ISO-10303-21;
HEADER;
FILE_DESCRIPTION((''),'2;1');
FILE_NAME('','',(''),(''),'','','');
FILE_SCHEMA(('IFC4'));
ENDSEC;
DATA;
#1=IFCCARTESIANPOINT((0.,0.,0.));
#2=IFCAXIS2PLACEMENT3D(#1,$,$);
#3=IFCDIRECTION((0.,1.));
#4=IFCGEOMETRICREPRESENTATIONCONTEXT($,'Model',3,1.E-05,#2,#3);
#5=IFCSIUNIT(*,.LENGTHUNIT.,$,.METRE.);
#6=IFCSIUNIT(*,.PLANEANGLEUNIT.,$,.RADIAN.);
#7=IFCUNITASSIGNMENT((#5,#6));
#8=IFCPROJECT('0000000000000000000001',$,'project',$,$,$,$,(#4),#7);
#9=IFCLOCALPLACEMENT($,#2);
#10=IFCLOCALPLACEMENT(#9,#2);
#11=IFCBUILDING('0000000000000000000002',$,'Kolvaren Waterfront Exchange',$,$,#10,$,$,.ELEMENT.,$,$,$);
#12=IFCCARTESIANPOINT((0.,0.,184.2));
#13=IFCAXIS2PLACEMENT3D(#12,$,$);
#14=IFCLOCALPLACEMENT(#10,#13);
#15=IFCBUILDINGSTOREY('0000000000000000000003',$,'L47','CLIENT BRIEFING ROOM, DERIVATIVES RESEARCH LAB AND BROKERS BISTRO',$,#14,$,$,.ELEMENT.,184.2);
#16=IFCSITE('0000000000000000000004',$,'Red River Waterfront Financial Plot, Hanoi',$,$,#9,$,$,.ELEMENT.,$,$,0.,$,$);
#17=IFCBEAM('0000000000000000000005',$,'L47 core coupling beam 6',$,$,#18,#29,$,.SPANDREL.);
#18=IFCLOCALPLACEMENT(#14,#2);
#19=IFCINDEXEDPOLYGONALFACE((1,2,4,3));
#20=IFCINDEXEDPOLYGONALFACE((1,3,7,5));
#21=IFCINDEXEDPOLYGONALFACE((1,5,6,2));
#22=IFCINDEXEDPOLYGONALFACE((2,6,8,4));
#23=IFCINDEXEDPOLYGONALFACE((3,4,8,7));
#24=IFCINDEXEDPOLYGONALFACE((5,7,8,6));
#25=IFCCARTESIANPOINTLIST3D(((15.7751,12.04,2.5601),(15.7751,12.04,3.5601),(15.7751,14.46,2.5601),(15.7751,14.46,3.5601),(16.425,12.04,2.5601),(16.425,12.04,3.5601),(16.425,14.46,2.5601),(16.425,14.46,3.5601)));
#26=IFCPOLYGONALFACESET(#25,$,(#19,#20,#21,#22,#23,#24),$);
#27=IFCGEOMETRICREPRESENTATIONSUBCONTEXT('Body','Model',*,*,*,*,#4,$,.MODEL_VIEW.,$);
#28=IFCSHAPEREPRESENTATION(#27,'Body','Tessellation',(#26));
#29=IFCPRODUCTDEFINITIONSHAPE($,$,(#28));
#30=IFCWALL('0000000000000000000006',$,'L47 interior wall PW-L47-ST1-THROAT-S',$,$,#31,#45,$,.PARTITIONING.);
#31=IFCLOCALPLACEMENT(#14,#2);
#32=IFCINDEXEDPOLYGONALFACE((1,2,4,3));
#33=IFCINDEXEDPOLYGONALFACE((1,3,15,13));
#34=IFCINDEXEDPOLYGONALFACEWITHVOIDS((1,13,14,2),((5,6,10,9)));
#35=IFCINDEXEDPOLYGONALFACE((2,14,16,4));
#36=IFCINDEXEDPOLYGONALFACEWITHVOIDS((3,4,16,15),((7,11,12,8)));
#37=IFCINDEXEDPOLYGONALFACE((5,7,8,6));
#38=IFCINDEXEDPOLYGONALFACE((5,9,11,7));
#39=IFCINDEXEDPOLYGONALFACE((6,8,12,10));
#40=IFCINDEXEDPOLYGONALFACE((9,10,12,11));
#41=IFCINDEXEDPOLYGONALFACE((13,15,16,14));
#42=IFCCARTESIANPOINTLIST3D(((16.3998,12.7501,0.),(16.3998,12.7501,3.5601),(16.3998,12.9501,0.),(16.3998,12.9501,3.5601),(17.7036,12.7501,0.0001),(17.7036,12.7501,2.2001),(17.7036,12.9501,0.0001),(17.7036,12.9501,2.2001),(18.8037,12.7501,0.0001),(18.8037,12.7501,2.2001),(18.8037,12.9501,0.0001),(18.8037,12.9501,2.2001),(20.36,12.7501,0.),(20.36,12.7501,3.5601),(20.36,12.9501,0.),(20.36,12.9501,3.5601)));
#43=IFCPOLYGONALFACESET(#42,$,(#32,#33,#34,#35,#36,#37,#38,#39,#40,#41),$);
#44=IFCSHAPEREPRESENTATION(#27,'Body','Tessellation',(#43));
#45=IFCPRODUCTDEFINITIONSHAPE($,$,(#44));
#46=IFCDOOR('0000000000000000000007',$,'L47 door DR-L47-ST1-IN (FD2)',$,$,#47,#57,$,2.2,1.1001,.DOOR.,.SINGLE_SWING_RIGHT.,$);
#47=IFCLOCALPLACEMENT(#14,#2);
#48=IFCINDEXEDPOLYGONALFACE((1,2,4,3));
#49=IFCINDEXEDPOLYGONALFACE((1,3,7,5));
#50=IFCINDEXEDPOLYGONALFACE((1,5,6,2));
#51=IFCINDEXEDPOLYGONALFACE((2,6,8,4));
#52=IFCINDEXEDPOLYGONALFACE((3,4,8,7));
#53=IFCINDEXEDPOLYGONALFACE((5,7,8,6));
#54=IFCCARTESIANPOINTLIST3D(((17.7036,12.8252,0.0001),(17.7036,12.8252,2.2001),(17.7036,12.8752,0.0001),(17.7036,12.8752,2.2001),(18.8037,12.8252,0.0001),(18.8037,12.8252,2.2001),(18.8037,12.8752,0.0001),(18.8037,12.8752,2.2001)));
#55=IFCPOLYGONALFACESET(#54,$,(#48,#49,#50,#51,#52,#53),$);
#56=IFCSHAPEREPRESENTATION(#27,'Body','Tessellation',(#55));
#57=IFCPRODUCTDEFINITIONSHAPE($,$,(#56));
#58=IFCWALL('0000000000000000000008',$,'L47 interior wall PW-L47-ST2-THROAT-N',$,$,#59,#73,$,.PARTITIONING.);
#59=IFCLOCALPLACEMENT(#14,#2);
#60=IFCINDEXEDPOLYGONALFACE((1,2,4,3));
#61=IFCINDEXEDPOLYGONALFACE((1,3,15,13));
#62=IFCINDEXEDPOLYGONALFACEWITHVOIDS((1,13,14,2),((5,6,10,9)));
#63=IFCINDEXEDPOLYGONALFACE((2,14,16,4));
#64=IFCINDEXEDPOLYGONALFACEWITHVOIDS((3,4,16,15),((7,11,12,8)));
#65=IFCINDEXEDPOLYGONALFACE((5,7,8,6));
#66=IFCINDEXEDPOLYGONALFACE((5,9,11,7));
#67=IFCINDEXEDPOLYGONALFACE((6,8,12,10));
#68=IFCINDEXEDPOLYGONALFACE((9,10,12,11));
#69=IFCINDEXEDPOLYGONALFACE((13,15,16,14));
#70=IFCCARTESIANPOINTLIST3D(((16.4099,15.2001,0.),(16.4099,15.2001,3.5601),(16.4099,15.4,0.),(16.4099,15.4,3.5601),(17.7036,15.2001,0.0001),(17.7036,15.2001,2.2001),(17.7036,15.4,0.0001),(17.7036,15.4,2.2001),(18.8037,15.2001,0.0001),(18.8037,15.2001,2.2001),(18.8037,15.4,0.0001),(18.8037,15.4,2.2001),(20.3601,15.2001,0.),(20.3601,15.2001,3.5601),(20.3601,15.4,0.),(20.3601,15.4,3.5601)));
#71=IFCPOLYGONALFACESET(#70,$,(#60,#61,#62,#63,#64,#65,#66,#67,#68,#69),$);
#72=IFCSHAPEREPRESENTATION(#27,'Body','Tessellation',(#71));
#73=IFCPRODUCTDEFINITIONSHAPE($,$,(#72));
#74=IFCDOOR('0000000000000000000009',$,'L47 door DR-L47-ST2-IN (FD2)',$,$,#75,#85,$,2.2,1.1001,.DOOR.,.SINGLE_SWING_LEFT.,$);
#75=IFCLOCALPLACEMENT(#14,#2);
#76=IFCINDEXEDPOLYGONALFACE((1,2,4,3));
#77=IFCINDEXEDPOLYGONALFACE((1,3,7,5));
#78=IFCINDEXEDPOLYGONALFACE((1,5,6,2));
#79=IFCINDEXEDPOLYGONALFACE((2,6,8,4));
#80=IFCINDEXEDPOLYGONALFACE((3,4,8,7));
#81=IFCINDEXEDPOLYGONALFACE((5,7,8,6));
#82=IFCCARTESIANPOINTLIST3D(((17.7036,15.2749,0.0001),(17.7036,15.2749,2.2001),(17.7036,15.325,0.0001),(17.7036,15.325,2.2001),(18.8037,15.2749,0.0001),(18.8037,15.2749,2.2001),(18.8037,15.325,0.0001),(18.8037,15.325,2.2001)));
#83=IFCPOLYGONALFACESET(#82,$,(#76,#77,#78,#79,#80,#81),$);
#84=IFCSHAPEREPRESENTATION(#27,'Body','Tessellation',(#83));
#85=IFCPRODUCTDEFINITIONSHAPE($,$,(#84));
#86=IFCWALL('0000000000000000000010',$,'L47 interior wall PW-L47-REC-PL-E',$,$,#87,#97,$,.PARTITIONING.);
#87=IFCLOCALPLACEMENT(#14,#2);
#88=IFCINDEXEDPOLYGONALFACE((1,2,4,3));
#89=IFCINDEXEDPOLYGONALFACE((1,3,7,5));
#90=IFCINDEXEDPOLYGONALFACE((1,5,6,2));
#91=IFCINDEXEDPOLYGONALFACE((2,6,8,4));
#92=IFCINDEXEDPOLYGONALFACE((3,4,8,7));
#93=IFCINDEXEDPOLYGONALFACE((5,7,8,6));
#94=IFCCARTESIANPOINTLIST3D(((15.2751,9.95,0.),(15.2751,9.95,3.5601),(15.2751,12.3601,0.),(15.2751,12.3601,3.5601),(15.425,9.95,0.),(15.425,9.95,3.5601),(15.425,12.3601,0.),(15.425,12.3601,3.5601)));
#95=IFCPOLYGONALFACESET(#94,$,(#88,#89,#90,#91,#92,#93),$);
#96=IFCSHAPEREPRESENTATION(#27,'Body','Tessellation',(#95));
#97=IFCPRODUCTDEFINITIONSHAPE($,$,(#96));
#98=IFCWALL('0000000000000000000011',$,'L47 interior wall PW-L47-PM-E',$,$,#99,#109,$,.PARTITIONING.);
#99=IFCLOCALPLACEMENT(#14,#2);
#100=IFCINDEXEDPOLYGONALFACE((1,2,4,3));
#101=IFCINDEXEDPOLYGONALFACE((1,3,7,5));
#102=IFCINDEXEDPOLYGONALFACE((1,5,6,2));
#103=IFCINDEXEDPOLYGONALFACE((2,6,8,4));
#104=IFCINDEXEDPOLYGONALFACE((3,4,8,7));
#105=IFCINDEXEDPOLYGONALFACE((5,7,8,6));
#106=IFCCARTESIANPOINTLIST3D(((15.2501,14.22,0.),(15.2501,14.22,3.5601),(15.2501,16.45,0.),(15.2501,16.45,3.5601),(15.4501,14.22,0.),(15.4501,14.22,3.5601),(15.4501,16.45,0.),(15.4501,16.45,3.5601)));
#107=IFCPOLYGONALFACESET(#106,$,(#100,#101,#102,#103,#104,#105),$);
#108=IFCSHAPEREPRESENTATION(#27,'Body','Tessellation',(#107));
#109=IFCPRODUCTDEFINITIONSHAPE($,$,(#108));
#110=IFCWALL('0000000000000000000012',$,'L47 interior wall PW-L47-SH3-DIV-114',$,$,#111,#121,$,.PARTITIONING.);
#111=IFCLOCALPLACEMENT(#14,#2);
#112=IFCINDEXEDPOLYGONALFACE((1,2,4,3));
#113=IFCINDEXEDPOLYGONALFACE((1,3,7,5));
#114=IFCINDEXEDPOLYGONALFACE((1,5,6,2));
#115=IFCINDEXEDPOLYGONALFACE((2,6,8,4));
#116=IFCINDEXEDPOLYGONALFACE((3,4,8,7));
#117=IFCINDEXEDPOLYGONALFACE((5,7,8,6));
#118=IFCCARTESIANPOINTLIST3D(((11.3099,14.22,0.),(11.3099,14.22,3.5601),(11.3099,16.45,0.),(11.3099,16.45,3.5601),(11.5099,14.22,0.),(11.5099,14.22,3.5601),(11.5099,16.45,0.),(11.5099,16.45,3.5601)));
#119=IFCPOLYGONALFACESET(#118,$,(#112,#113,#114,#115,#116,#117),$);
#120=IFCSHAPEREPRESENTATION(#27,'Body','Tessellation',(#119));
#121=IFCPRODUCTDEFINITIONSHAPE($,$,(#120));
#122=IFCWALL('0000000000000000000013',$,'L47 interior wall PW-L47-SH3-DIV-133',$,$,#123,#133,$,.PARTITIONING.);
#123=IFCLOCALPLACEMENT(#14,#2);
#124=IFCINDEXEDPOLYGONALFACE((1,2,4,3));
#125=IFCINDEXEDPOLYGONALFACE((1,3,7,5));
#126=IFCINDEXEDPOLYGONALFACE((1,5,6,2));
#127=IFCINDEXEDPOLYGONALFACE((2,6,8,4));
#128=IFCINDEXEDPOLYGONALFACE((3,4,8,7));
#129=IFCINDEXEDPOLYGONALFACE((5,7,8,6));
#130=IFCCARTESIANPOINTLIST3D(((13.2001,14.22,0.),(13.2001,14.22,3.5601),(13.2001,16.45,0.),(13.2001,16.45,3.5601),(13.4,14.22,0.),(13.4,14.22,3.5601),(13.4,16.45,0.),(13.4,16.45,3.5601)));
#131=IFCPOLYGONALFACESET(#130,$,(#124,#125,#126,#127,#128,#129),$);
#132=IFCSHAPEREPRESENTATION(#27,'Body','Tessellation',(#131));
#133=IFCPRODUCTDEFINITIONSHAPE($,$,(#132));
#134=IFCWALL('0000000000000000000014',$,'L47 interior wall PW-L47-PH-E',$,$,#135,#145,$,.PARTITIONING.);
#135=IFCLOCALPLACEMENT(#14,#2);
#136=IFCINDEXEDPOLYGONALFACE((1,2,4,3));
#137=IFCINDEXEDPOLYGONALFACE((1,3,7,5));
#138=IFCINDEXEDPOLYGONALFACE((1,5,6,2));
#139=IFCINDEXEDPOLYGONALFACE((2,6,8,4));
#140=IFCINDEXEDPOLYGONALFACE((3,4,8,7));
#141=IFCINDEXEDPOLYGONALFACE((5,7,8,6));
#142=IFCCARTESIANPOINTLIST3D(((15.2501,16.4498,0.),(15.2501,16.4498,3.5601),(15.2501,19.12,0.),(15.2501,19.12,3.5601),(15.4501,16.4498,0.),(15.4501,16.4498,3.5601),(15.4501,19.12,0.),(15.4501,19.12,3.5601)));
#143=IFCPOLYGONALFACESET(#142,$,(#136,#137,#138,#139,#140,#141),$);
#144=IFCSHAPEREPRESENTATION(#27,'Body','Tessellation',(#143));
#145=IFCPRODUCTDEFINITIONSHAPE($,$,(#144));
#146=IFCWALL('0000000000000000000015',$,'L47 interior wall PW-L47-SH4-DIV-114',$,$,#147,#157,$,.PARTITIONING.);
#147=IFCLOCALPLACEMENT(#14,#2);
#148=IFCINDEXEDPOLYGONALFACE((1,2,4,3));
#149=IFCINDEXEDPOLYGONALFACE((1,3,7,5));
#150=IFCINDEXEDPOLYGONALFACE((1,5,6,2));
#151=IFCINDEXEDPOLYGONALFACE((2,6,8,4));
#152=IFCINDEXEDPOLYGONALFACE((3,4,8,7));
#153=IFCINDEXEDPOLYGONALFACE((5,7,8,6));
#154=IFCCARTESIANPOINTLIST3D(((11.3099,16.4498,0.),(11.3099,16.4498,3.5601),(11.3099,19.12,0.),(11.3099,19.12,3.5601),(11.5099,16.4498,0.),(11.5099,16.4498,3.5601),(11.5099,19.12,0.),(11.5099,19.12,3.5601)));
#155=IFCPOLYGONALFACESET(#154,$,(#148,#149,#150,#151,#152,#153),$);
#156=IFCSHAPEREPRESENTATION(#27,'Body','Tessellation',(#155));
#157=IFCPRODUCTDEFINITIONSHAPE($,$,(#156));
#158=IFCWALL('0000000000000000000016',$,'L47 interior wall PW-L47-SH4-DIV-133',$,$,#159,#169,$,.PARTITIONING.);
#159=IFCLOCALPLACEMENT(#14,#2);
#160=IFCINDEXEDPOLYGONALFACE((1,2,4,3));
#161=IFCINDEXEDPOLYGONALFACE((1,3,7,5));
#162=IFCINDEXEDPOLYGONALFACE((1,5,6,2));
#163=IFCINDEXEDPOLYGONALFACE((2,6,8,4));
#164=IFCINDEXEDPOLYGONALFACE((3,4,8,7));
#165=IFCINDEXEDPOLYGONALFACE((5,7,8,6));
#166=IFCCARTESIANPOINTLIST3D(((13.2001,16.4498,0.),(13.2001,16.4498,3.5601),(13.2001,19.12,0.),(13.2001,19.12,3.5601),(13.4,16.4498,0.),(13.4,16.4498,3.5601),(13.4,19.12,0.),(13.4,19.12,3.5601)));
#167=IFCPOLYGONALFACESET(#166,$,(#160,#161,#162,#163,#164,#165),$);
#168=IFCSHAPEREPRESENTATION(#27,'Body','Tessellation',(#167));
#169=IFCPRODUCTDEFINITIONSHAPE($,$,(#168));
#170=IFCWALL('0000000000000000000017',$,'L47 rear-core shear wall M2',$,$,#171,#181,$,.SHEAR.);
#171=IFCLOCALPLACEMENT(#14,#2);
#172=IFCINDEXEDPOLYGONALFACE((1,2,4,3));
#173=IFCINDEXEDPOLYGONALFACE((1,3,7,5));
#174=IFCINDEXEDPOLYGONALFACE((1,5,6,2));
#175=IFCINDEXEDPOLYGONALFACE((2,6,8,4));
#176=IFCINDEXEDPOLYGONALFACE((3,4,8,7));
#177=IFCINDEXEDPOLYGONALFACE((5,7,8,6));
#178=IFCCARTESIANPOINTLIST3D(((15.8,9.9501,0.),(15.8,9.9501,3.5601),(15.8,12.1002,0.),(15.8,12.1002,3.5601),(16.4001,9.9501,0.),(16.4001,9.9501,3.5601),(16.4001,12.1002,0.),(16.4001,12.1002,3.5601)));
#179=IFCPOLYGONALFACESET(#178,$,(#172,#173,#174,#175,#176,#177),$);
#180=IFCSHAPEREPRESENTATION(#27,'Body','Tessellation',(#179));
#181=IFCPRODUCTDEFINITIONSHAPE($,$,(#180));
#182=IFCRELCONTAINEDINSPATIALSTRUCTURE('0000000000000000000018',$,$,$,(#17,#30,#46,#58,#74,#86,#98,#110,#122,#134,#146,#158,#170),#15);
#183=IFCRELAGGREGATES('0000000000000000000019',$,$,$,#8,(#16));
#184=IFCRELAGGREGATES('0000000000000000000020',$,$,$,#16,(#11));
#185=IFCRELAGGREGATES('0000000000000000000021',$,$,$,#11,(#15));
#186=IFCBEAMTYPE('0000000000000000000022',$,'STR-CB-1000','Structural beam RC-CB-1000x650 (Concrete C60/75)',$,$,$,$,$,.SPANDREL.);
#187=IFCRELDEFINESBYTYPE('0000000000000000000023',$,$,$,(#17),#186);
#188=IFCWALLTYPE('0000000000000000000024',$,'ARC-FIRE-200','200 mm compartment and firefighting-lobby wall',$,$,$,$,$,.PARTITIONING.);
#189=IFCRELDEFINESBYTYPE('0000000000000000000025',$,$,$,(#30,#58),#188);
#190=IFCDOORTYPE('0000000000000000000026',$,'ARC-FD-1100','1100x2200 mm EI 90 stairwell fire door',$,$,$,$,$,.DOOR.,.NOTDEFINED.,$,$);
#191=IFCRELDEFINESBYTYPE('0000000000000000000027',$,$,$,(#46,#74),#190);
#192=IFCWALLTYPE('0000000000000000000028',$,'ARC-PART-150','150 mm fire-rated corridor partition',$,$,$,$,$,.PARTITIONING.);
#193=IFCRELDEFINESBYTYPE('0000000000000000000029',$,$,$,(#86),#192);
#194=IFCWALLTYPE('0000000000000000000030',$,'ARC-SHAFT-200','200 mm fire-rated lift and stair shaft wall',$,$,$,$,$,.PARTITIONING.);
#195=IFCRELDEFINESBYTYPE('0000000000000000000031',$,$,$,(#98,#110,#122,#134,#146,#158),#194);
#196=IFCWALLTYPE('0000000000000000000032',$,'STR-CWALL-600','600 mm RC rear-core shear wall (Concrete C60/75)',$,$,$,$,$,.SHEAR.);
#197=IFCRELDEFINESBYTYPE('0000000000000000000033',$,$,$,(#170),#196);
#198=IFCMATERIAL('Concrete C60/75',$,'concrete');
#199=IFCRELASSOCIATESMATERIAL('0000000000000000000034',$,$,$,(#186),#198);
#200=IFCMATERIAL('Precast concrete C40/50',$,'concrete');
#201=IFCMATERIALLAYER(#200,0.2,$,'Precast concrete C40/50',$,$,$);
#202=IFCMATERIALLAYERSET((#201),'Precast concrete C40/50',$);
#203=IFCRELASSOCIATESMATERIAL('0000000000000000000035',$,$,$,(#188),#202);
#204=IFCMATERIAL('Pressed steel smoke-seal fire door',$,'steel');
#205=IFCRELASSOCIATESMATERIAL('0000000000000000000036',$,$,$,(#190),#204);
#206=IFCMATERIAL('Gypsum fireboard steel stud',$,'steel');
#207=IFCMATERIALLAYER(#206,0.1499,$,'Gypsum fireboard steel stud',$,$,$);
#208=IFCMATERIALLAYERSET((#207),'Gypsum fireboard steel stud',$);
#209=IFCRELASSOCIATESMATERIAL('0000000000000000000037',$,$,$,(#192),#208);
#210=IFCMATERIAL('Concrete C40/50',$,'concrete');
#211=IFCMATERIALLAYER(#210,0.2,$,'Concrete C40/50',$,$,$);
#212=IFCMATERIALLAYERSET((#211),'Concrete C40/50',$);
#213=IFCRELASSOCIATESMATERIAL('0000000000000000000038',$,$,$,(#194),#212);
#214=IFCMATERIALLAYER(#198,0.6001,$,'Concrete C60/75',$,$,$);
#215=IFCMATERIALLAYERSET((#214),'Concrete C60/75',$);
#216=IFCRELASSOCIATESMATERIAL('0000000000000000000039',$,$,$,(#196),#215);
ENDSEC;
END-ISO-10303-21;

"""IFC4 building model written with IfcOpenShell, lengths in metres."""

from ifc_helpers import new_model, si_unit, direction, frame, frame_2d, origin, origin_2d, place, context, subcontext, project, spatial, rectangle, extrude, material, layer, layer_set, material_profile, profile_set, type_object, element, fill, save


model = new_model("IFC4")

# Units and contexts
model_context = context("Model", 3, precision=1e-05, world=origin(), true_north=direction((0.0, 1.0)))
body_context = subcontext(model_context, "Body", "Model", "MODEL_VIEW")
ifc_project = project(units=[si_unit("LENGTHUNIT", "METRE"), si_unit("PLANEANGLEUNIT", "RADIAN")], contexts=[model_context])

# Site, building, storey
site_placement = place(None, origin())
site = spatial("IfcSite", under=ifc_project, at=site_placement, Name="Red River Waterfront Financial Plot, Hanoi", CompositionType="ELEMENT", RefElevation=0.0)
building_placement = place(site_placement, origin())
building = spatial("IfcBuilding", under=site, at=building_placement, Name="Kolvaren Waterfront Exchange", CompositionType="ELEMENT")
storey_placement = place(building_placement, frame((0.0, 0.0, 184.2)))
storey = spatial("IfcBuildingStorey", under=building, at=storey_placement, Name="L47", Description="CLIENT BRIEFING ROOM, DERIVATIVES RESEARCH LAB AND BROKERS BISTRO", CompositionType="ELEMENT", Elevation=184.2)

# Beam
ifc_material_1 = material(Name="Concrete C60/75", Category="concrete")
ifc_material_profile = material_profile(ifc_material_1, rectangle(XDim=0.6499, YDim=1.0, at=origin_2d()), Name="RC-CB-1000x650")
ifc_profile_set = profile_set([ifc_material_profile], Name="Concrete C60/75")
beam_type = type_object("IfcBeamType", Name="STR-CB-1000", Description="Structural beam RC-CB-1000x650 (Concrete C60/75)", PredefinedType="SPANDREL", material=ifc_profile_set)
beam_placement = place(storey_placement, frame((16.1001, 12.04, 3.0601), z_axis=(0.0, 1.0, 0.0), x_axis=(-1.0, 0.0, 0.0)))
element("IfcBeam", 1, at=beam_placement, inside=storey, type_object=beam_type, Name="L47 core coupling beam 6", PredefinedType="SPANDREL", context=body_context, shape_type="SweptSolid", body=[
    extrude(rectangle(XDim=0.6499, YDim=1.0, at=origin_2d()), origin(), (0.0, 0.0, 1.0), 2.4199),
])

# Walls, openings, doors
ifc_material_2 = material(Name="Precast concrete C40/50", Category="concrete")
ifc_layer_1 = layer(ifc_material_2, 0.2, Name="Precast concrete C40/50")
ifc_layer_set_1 = layer_set([ifc_layer_1], Name="Precast concrete C40/50")
wall_type_1 = type_object("IfcWallType", Name="ARC-FIRE-200", Description="200 mm compartment and firefighting-lobby wall", PredefinedType="PARTITIONING", material=ifc_layer_set_1)
wall_1_placement = place(storey_placement, frame((16.3999, 12.8501, 0.0), z_axis=(0.0, 0.0, 1.0), x_axis=(1.0, 0.0, 0.0)))
wall_1 = element("IfcWall", 2, at=wall_1_placement, inside=storey, type_object=wall_type_1, Name="L47 interior wall PW-L47-ST1-THROAT-S", PredefinedType="PARTITIONING", context=body_context, shape_type="SweptSolid", body=[
    extrude(rectangle(XDim=3.9602, YDim=0.2, at=frame_2d((1.98, 0.0))), origin(), (0.0, 0.0, 1.0), 3.5601),
])
opening_1_placement = place(wall_1_placement, frame((1.3037, 0.0, 0.0)))
opening_1 = element("IfcOpeningElement", 3, at=opening_1_placement, cuts=wall_1, PredefinedType="OPENING", context=body_context, shape_type="SweptSolid", body=[
    extrude(rectangle(XDim=1.1001, YDim=2.2, at=frame_2d((0.55, 1.1001))), frame((0.0, 0.1099, 0.0), z_axis=(0.0, -1.0, 0.0), x_axis=(1.0, 0.0, 0.0)), (0.0, 0.0, 1.0), 0.22),
])
ifc_material_3 = material(Name="Pressed steel smoke-seal fire door", Category="steel")
door_type = type_object("IfcDoorType", Name="ARC-FD-1100", Description="1100x2200 mm EI 90 stairwell fire door", OperationType="NOTDEFINED", PredefinedType="DOOR", material=ifc_material_3)
door_1_placement = place(opening_1_placement, frame((1.1001, 0.0, 0.0), z_axis=(0.0, 0.0, 1.0), x_axis=(-1.0, 0.0, 0.0)))
door_1 = element("IfcDoor", 4, at=door_1_placement, inside=storey, type_object=door_type, Name="L47 door DR-L47-ST1-IN (FD2)", OperationType="SINGLE_SWING_RIGHT", OverallHeight=2.2, OverallWidth=1.1001, PredefinedType="DOOR", context=body_context, shape_type="SweptSolid", body=[
    extrude(rectangle(XDim=1.1001, YDim=2.2, at=frame_2d((0.55, 1.1001))), frame((0.0, 0.0249, 0.0), z_axis=(0.0, -1.0, 0.0), x_axis=(1.0, 0.0, 0.0)), (0.0, 0.0, 1.0), 0.05),
])
fill(opening_1, door_1)
wall_2_placement = place(storey_placement, frame((16.4099, 15.3, 0.0), z_axis=(0.0, 0.0, 1.0), x_axis=(1.0, 0.0, 0.0)))
wall_2 = element("IfcWall", 5, at=wall_2_placement, inside=storey, type_object=wall_type_1, Name="L47 interior wall PW-L47-ST2-THROAT-N", PredefinedType="PARTITIONING", context=body_context, shape_type="SweptSolid", body=[
    extrude(rectangle(XDim=3.9502, YDim=0.2, at=frame_2d((1.9751, 0.0))), origin(), (0.0, 0.0, 1.0), 3.5601),
])
opening_2_placement = place(wall_2_placement, frame((1.2937, 0.0, 0.0)))
opening_2 = element("IfcOpeningElement", 6, at=opening_2_placement, cuts=wall_2, PredefinedType="OPENING", context=body_context, shape_type="SweptSolid", body=[
    extrude(rectangle(XDim=1.1001, YDim=2.2, at=frame_2d((0.55, 1.1001))), frame((0.0, 0.1099, 0.0), z_axis=(0.0, -1.0, 0.0), x_axis=(1.0, 0.0, 0.0)), (0.0, 0.0, 1.0), 0.22),
])
door_2_placement = place(opening_2_placement, origin())
door_2 = element("IfcDoor", 7, at=door_2_placement, inside=storey, type_object=door_type, Name="L47 door DR-L47-ST2-IN (FD2)", OperationType="SINGLE_SWING_LEFT", OverallHeight=2.2, OverallWidth=1.1001, PredefinedType="DOOR", context=body_context, shape_type="SweptSolid", body=[
    extrude(rectangle(XDim=1.1001, YDim=2.2, at=frame_2d((0.55, 1.1001))), frame((0.0, 0.0249, 0.0), z_axis=(0.0, -1.0, 0.0), x_axis=(1.0, 0.0, 0.0)), (0.0, 0.0, 1.0), 0.05),
])
fill(opening_2, door_2)

# Walls
ifc_material_4 = material(Name="Gypsum fireboard steel stud", Category="steel")
ifc_layer_2 = layer(ifc_material_4, 0.1499, Name="Gypsum fireboard steel stud")
ifc_layer_set_2 = layer_set([ifc_layer_2], Name="Gypsum fireboard steel stud")
wall_type_2 = type_object("IfcWallType", Name="ARC-PART-150", Description="150 mm fire-rated corridor partition", PredefinedType="PARTITIONING", material=ifc_layer_set_2)
wall_3_placement = place(storey_placement, frame((15.3501, 9.95, 0.0), z_axis=(0.0, 0.0, 1.0), x_axis=(0.0, 1.0, 0.0)))
element("IfcWall", 8, at=wall_3_placement, inside=storey, type_object=wall_type_2, Name="L47 interior wall PW-L47-REC-PL-E", PredefinedType="PARTITIONING", context=body_context, shape_type="SweptSolid", body=[
    extrude(rectangle(XDim=2.4102, YDim=0.1499, at=frame_2d((1.2051, 0.0))), origin(), (0.0, 0.0, 1.0), 3.5601),
])
ifc_material_5 = material(Name="Concrete C40/50", Category="concrete")
ifc_layer_3 = layer(ifc_material_5, 0.2, Name="Concrete C40/50")
ifc_layer_set_3 = layer_set([ifc_layer_3], Name="Concrete C40/50")
wall_type_3 = type_object("IfcWallType", Name="ARC-SHAFT-200", Description="200 mm fire-rated lift and stair shaft wall", PredefinedType="PARTITIONING", material=ifc_layer_set_3)
for number, where, z_axis, x_axis, name in (
    (9, (15.3501, 14.22, 0.0), (0.0, 0.0, 1.0), (0.0, 1.0, 0.0), "L47 interior wall PW-L47-PM-E"),
    (10, (11.4099, 14.22, 0.0), (0.0, 0.0, 1.0), (0.0, 1.0, 0.0), "L47 interior wall PW-L47-SH3-DIV-114"),
    (11, (13.3, 14.22, 0.0), (0.0, 0.0, 1.0), (0.0, 1.0, 0.0), "L47 interior wall PW-L47-SH3-DIV-133"),
):
    element("IfcWall", number, at=place(storey_placement, frame(where, z_axis=z_axis, x_axis=x_axis)), inside=storey, type_object=wall_type_3, Name=name, PredefinedType="PARTITIONING", context=body_context, shape_type="SweptSolid", body=[
        extrude(rectangle(XDim=2.23, YDim=0.2, at=frame_2d((1.115, 0.0))), origin(), (0.0, 0.0, 1.0), 3.5601),
    ])
for number, where, z_axis, x_axis, name in (
    (12, (15.3501, 16.45, 0.0), (0.0, 0.0, 1.0), (0.0, 1.0, 0.0), "L47 interior wall PW-L47-PH-E"),
    (13, (11.4099, 16.45, 0.0), (0.0, 0.0, 1.0), (0.0, 1.0, 0.0), "L47 interior wall PW-L47-SH4-DIV-114"),
    (14, (13.3, 16.45, 0.0), (0.0, 0.0, 1.0), (0.0, 1.0, 0.0), "L47 interior wall PW-L47-SH4-DIV-133"),
):
    element("IfcWall", number, at=place(storey_placement, frame(where, z_axis=z_axis, x_axis=x_axis)), inside=storey, type_object=wall_type_3, Name=name, PredefinedType="PARTITIONING", context=body_context, shape_type="SweptSolid", body=[
        extrude(rectangle(XDim=2.6702, YDim=0.2, at=frame_2d((1.335, 0.0))), origin(), (0.0, 0.0, 1.0), 3.5601),
    ])
ifc_layer_4 = layer(ifc_material_1, 0.6001, Name="Concrete C60/75")
ifc_layer_set_4 = layer_set([ifc_layer_4], Name="Concrete C60/75")
wall_type_4 = type_object("IfcWallType", Name="STR-CWALL-600", Description="600 mm RC rear-core shear wall (Concrete C60/75)", PredefinedType="SHEAR", material=ifc_layer_set_4)
wall_4_placement = place(storey_placement, frame((16.1001, 9.95, 0.0), z_axis=(0.0, 0.0, 1.0), x_axis=(0.0, 1.0, 0.0)))
element("IfcWall", 15, at=wall_4_placement, inside=storey, type_object=wall_type_4, Name="L47 rear-core shear wall M2", PredefinedType="SHEAR", context=body_context, shape_type="SweptSolid", body=[
    extrude(rectangle(XDim=2.1501, YDim=0.6001, at=frame_2d((1.0752, 0.0))), origin(), (0.0, 0.0, 1.0), 3.5601),
])

save(model, "model.ifc")
